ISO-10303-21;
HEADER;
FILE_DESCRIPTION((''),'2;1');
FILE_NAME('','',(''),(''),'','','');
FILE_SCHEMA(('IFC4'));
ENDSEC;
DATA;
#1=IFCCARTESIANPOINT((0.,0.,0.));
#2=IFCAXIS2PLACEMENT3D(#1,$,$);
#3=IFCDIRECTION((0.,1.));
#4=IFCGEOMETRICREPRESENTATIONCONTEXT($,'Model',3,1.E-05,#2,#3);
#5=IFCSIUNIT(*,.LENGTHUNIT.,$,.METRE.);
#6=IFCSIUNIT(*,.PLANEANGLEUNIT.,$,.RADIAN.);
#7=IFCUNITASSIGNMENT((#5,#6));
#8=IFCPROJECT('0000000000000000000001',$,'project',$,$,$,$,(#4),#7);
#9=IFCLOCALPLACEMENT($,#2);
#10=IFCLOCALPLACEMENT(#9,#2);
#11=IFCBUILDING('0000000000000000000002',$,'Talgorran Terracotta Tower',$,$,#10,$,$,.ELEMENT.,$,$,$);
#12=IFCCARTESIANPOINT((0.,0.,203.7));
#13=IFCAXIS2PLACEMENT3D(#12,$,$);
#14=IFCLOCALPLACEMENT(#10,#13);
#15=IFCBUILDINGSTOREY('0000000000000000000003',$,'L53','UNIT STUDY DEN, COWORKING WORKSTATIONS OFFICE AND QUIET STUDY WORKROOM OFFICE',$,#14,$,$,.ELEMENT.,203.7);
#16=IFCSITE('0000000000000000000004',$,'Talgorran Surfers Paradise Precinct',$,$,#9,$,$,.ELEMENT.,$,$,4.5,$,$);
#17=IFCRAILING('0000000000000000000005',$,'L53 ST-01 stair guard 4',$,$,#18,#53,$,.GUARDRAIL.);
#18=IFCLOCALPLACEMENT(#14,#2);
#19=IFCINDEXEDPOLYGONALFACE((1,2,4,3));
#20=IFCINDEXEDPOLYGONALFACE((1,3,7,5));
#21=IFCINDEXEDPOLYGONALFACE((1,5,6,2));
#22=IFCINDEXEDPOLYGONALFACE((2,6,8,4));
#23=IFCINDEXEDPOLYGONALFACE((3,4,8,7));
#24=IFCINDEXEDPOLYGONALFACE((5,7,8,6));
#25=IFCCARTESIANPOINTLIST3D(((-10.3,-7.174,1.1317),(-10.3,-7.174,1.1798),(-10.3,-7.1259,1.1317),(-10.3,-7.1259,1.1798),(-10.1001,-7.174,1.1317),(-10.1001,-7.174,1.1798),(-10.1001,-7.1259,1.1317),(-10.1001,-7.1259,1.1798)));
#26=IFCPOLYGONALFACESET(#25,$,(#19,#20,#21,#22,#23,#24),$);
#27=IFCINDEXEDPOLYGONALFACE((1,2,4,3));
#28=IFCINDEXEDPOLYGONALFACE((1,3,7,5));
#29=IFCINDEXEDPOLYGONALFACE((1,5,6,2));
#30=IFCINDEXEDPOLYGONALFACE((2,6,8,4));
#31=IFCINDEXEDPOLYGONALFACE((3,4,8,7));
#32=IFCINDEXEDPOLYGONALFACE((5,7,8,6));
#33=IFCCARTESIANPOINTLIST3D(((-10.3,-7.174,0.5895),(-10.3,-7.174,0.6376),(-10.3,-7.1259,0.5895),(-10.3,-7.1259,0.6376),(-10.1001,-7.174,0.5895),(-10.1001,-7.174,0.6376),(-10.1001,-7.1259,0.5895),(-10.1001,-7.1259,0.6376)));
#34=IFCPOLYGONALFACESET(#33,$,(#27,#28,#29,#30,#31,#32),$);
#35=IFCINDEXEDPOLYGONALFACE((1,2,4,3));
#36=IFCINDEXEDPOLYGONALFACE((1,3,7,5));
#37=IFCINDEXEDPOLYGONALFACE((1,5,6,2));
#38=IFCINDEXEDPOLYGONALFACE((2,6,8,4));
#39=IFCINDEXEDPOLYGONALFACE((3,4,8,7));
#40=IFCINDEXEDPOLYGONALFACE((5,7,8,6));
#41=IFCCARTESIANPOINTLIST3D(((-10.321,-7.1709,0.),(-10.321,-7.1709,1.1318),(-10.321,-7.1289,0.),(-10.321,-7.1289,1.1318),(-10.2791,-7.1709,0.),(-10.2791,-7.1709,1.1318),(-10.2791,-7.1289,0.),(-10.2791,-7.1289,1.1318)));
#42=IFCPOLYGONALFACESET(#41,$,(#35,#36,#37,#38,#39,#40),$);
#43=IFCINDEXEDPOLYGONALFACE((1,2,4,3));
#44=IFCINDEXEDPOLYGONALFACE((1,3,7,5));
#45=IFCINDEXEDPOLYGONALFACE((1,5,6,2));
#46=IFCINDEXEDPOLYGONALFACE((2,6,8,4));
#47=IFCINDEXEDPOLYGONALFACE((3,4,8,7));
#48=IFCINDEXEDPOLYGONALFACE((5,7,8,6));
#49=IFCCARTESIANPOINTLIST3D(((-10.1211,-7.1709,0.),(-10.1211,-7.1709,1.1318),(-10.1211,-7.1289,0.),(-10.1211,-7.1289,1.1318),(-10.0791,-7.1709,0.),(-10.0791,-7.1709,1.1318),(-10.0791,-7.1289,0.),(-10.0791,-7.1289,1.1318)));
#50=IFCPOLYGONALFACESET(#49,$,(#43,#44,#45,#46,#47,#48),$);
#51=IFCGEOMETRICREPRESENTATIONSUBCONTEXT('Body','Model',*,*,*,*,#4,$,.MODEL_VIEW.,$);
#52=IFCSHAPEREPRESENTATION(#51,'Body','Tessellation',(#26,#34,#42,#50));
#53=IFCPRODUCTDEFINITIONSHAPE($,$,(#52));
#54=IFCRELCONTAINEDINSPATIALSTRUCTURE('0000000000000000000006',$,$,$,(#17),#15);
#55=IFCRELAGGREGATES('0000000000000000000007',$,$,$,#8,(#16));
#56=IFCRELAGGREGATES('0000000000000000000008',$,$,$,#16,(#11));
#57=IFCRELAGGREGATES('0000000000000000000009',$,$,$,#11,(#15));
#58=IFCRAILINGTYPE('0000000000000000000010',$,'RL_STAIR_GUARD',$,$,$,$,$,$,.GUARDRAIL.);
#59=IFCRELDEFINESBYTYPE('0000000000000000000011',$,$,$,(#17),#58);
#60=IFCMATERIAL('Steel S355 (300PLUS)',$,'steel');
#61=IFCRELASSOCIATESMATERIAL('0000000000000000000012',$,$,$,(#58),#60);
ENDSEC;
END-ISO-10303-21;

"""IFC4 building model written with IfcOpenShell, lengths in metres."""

from ifc_helpers import new_model, si_unit, direction, frame, origin, origin_2d, place, context, subcontext, project, spatial, rectangle, extrude, material, type_object, element, save


model = new_model("IFC4")

# Units and contexts
model_context = context("Model", 3, precision=1e-05, world=origin(), true_north=direction((0.0, 1.0)))
body_context = subcontext(model_context, "Body", "Model", "MODEL_VIEW")
ifc_project = project(units=[si_unit("LENGTHUNIT", "METRE"), si_unit("PLANEANGLEUNIT", "RADIAN")], contexts=[model_context])

# Site, building, storey
site_placement = place(None, origin())
site = spatial("IfcSite", under=ifc_project, at=site_placement, Name="Talgorran Surfers Paradise Precinct", CompositionType="ELEMENT", RefElevation=4.5)
building_placement = place(site_placement, origin())
building = spatial("IfcBuilding", under=site, at=building_placement, Name="Talgorran Terracotta Tower", CompositionType="ELEMENT")
storey_placement = place(building_placement, frame((0.0, 0.0, 203.7)))
storey = spatial("IfcBuildingStorey", under=building, at=storey_placement, Name="L53", Description="UNIT STUDY DEN, COWORKING WORKSTATIONS OFFICE AND QUIET STUDY WORKROOM OFFICE", CompositionType="ELEMENT", Elevation=203.7)

# Shared definitions
ifc_material_1 = material(Name="Steel S355 (300PLUS)", Category="steel")

# Railing
railing_type_1 = type_object("IfcRailingType", Name="RL_STAIR_GUARD", PredefinedType="GUARDRAIL", material=ifc_material_1)
railing_1_placement = place(storey_placement, frame((-10.3, -7.1499, 0.0)))
element("IfcRailing", 1, at=railing_1_placement, inside=storey, type_object=railing_type_1, Name="L53 ST-01 stair guard 4", PredefinedType="GUARDRAIL", context=body_context, shape_type="SweptSolid", body=[
    extrude(rectangle(XDim=0.0481, YDim=0.0481, at=origin_2d()), frame((0.0, 0.0, 1.1558), z_axis=(1.0, 0.0, 0.0), x_axis=(0.0, 1.0, 0.0)), (0.0, 0.0, 1.0), 0.2),
    extrude(rectangle(XDim=0.0481, YDim=0.0481, at=origin_2d()), frame((0.0, 0.0, 0.6135), z_axis=(1.0, 0.0, 0.0), x_axis=(0.0, 1.0, 0.0)), (0.0, 0.0, 1.0), 0.2),
    extrude(rectangle(XDim=0.042, YDim=0.042, at=origin_2d()), origin(), (0.0, 0.0, 1.0), 1.1318),
    extrude(rectangle(XDim=0.042, YDim=0.042, at=origin_2d()), frame((0.2, 0.0, 0.0)), (0.0, 0.0, 1.0), 1.1318),
])

save(model, "model.ifc")
